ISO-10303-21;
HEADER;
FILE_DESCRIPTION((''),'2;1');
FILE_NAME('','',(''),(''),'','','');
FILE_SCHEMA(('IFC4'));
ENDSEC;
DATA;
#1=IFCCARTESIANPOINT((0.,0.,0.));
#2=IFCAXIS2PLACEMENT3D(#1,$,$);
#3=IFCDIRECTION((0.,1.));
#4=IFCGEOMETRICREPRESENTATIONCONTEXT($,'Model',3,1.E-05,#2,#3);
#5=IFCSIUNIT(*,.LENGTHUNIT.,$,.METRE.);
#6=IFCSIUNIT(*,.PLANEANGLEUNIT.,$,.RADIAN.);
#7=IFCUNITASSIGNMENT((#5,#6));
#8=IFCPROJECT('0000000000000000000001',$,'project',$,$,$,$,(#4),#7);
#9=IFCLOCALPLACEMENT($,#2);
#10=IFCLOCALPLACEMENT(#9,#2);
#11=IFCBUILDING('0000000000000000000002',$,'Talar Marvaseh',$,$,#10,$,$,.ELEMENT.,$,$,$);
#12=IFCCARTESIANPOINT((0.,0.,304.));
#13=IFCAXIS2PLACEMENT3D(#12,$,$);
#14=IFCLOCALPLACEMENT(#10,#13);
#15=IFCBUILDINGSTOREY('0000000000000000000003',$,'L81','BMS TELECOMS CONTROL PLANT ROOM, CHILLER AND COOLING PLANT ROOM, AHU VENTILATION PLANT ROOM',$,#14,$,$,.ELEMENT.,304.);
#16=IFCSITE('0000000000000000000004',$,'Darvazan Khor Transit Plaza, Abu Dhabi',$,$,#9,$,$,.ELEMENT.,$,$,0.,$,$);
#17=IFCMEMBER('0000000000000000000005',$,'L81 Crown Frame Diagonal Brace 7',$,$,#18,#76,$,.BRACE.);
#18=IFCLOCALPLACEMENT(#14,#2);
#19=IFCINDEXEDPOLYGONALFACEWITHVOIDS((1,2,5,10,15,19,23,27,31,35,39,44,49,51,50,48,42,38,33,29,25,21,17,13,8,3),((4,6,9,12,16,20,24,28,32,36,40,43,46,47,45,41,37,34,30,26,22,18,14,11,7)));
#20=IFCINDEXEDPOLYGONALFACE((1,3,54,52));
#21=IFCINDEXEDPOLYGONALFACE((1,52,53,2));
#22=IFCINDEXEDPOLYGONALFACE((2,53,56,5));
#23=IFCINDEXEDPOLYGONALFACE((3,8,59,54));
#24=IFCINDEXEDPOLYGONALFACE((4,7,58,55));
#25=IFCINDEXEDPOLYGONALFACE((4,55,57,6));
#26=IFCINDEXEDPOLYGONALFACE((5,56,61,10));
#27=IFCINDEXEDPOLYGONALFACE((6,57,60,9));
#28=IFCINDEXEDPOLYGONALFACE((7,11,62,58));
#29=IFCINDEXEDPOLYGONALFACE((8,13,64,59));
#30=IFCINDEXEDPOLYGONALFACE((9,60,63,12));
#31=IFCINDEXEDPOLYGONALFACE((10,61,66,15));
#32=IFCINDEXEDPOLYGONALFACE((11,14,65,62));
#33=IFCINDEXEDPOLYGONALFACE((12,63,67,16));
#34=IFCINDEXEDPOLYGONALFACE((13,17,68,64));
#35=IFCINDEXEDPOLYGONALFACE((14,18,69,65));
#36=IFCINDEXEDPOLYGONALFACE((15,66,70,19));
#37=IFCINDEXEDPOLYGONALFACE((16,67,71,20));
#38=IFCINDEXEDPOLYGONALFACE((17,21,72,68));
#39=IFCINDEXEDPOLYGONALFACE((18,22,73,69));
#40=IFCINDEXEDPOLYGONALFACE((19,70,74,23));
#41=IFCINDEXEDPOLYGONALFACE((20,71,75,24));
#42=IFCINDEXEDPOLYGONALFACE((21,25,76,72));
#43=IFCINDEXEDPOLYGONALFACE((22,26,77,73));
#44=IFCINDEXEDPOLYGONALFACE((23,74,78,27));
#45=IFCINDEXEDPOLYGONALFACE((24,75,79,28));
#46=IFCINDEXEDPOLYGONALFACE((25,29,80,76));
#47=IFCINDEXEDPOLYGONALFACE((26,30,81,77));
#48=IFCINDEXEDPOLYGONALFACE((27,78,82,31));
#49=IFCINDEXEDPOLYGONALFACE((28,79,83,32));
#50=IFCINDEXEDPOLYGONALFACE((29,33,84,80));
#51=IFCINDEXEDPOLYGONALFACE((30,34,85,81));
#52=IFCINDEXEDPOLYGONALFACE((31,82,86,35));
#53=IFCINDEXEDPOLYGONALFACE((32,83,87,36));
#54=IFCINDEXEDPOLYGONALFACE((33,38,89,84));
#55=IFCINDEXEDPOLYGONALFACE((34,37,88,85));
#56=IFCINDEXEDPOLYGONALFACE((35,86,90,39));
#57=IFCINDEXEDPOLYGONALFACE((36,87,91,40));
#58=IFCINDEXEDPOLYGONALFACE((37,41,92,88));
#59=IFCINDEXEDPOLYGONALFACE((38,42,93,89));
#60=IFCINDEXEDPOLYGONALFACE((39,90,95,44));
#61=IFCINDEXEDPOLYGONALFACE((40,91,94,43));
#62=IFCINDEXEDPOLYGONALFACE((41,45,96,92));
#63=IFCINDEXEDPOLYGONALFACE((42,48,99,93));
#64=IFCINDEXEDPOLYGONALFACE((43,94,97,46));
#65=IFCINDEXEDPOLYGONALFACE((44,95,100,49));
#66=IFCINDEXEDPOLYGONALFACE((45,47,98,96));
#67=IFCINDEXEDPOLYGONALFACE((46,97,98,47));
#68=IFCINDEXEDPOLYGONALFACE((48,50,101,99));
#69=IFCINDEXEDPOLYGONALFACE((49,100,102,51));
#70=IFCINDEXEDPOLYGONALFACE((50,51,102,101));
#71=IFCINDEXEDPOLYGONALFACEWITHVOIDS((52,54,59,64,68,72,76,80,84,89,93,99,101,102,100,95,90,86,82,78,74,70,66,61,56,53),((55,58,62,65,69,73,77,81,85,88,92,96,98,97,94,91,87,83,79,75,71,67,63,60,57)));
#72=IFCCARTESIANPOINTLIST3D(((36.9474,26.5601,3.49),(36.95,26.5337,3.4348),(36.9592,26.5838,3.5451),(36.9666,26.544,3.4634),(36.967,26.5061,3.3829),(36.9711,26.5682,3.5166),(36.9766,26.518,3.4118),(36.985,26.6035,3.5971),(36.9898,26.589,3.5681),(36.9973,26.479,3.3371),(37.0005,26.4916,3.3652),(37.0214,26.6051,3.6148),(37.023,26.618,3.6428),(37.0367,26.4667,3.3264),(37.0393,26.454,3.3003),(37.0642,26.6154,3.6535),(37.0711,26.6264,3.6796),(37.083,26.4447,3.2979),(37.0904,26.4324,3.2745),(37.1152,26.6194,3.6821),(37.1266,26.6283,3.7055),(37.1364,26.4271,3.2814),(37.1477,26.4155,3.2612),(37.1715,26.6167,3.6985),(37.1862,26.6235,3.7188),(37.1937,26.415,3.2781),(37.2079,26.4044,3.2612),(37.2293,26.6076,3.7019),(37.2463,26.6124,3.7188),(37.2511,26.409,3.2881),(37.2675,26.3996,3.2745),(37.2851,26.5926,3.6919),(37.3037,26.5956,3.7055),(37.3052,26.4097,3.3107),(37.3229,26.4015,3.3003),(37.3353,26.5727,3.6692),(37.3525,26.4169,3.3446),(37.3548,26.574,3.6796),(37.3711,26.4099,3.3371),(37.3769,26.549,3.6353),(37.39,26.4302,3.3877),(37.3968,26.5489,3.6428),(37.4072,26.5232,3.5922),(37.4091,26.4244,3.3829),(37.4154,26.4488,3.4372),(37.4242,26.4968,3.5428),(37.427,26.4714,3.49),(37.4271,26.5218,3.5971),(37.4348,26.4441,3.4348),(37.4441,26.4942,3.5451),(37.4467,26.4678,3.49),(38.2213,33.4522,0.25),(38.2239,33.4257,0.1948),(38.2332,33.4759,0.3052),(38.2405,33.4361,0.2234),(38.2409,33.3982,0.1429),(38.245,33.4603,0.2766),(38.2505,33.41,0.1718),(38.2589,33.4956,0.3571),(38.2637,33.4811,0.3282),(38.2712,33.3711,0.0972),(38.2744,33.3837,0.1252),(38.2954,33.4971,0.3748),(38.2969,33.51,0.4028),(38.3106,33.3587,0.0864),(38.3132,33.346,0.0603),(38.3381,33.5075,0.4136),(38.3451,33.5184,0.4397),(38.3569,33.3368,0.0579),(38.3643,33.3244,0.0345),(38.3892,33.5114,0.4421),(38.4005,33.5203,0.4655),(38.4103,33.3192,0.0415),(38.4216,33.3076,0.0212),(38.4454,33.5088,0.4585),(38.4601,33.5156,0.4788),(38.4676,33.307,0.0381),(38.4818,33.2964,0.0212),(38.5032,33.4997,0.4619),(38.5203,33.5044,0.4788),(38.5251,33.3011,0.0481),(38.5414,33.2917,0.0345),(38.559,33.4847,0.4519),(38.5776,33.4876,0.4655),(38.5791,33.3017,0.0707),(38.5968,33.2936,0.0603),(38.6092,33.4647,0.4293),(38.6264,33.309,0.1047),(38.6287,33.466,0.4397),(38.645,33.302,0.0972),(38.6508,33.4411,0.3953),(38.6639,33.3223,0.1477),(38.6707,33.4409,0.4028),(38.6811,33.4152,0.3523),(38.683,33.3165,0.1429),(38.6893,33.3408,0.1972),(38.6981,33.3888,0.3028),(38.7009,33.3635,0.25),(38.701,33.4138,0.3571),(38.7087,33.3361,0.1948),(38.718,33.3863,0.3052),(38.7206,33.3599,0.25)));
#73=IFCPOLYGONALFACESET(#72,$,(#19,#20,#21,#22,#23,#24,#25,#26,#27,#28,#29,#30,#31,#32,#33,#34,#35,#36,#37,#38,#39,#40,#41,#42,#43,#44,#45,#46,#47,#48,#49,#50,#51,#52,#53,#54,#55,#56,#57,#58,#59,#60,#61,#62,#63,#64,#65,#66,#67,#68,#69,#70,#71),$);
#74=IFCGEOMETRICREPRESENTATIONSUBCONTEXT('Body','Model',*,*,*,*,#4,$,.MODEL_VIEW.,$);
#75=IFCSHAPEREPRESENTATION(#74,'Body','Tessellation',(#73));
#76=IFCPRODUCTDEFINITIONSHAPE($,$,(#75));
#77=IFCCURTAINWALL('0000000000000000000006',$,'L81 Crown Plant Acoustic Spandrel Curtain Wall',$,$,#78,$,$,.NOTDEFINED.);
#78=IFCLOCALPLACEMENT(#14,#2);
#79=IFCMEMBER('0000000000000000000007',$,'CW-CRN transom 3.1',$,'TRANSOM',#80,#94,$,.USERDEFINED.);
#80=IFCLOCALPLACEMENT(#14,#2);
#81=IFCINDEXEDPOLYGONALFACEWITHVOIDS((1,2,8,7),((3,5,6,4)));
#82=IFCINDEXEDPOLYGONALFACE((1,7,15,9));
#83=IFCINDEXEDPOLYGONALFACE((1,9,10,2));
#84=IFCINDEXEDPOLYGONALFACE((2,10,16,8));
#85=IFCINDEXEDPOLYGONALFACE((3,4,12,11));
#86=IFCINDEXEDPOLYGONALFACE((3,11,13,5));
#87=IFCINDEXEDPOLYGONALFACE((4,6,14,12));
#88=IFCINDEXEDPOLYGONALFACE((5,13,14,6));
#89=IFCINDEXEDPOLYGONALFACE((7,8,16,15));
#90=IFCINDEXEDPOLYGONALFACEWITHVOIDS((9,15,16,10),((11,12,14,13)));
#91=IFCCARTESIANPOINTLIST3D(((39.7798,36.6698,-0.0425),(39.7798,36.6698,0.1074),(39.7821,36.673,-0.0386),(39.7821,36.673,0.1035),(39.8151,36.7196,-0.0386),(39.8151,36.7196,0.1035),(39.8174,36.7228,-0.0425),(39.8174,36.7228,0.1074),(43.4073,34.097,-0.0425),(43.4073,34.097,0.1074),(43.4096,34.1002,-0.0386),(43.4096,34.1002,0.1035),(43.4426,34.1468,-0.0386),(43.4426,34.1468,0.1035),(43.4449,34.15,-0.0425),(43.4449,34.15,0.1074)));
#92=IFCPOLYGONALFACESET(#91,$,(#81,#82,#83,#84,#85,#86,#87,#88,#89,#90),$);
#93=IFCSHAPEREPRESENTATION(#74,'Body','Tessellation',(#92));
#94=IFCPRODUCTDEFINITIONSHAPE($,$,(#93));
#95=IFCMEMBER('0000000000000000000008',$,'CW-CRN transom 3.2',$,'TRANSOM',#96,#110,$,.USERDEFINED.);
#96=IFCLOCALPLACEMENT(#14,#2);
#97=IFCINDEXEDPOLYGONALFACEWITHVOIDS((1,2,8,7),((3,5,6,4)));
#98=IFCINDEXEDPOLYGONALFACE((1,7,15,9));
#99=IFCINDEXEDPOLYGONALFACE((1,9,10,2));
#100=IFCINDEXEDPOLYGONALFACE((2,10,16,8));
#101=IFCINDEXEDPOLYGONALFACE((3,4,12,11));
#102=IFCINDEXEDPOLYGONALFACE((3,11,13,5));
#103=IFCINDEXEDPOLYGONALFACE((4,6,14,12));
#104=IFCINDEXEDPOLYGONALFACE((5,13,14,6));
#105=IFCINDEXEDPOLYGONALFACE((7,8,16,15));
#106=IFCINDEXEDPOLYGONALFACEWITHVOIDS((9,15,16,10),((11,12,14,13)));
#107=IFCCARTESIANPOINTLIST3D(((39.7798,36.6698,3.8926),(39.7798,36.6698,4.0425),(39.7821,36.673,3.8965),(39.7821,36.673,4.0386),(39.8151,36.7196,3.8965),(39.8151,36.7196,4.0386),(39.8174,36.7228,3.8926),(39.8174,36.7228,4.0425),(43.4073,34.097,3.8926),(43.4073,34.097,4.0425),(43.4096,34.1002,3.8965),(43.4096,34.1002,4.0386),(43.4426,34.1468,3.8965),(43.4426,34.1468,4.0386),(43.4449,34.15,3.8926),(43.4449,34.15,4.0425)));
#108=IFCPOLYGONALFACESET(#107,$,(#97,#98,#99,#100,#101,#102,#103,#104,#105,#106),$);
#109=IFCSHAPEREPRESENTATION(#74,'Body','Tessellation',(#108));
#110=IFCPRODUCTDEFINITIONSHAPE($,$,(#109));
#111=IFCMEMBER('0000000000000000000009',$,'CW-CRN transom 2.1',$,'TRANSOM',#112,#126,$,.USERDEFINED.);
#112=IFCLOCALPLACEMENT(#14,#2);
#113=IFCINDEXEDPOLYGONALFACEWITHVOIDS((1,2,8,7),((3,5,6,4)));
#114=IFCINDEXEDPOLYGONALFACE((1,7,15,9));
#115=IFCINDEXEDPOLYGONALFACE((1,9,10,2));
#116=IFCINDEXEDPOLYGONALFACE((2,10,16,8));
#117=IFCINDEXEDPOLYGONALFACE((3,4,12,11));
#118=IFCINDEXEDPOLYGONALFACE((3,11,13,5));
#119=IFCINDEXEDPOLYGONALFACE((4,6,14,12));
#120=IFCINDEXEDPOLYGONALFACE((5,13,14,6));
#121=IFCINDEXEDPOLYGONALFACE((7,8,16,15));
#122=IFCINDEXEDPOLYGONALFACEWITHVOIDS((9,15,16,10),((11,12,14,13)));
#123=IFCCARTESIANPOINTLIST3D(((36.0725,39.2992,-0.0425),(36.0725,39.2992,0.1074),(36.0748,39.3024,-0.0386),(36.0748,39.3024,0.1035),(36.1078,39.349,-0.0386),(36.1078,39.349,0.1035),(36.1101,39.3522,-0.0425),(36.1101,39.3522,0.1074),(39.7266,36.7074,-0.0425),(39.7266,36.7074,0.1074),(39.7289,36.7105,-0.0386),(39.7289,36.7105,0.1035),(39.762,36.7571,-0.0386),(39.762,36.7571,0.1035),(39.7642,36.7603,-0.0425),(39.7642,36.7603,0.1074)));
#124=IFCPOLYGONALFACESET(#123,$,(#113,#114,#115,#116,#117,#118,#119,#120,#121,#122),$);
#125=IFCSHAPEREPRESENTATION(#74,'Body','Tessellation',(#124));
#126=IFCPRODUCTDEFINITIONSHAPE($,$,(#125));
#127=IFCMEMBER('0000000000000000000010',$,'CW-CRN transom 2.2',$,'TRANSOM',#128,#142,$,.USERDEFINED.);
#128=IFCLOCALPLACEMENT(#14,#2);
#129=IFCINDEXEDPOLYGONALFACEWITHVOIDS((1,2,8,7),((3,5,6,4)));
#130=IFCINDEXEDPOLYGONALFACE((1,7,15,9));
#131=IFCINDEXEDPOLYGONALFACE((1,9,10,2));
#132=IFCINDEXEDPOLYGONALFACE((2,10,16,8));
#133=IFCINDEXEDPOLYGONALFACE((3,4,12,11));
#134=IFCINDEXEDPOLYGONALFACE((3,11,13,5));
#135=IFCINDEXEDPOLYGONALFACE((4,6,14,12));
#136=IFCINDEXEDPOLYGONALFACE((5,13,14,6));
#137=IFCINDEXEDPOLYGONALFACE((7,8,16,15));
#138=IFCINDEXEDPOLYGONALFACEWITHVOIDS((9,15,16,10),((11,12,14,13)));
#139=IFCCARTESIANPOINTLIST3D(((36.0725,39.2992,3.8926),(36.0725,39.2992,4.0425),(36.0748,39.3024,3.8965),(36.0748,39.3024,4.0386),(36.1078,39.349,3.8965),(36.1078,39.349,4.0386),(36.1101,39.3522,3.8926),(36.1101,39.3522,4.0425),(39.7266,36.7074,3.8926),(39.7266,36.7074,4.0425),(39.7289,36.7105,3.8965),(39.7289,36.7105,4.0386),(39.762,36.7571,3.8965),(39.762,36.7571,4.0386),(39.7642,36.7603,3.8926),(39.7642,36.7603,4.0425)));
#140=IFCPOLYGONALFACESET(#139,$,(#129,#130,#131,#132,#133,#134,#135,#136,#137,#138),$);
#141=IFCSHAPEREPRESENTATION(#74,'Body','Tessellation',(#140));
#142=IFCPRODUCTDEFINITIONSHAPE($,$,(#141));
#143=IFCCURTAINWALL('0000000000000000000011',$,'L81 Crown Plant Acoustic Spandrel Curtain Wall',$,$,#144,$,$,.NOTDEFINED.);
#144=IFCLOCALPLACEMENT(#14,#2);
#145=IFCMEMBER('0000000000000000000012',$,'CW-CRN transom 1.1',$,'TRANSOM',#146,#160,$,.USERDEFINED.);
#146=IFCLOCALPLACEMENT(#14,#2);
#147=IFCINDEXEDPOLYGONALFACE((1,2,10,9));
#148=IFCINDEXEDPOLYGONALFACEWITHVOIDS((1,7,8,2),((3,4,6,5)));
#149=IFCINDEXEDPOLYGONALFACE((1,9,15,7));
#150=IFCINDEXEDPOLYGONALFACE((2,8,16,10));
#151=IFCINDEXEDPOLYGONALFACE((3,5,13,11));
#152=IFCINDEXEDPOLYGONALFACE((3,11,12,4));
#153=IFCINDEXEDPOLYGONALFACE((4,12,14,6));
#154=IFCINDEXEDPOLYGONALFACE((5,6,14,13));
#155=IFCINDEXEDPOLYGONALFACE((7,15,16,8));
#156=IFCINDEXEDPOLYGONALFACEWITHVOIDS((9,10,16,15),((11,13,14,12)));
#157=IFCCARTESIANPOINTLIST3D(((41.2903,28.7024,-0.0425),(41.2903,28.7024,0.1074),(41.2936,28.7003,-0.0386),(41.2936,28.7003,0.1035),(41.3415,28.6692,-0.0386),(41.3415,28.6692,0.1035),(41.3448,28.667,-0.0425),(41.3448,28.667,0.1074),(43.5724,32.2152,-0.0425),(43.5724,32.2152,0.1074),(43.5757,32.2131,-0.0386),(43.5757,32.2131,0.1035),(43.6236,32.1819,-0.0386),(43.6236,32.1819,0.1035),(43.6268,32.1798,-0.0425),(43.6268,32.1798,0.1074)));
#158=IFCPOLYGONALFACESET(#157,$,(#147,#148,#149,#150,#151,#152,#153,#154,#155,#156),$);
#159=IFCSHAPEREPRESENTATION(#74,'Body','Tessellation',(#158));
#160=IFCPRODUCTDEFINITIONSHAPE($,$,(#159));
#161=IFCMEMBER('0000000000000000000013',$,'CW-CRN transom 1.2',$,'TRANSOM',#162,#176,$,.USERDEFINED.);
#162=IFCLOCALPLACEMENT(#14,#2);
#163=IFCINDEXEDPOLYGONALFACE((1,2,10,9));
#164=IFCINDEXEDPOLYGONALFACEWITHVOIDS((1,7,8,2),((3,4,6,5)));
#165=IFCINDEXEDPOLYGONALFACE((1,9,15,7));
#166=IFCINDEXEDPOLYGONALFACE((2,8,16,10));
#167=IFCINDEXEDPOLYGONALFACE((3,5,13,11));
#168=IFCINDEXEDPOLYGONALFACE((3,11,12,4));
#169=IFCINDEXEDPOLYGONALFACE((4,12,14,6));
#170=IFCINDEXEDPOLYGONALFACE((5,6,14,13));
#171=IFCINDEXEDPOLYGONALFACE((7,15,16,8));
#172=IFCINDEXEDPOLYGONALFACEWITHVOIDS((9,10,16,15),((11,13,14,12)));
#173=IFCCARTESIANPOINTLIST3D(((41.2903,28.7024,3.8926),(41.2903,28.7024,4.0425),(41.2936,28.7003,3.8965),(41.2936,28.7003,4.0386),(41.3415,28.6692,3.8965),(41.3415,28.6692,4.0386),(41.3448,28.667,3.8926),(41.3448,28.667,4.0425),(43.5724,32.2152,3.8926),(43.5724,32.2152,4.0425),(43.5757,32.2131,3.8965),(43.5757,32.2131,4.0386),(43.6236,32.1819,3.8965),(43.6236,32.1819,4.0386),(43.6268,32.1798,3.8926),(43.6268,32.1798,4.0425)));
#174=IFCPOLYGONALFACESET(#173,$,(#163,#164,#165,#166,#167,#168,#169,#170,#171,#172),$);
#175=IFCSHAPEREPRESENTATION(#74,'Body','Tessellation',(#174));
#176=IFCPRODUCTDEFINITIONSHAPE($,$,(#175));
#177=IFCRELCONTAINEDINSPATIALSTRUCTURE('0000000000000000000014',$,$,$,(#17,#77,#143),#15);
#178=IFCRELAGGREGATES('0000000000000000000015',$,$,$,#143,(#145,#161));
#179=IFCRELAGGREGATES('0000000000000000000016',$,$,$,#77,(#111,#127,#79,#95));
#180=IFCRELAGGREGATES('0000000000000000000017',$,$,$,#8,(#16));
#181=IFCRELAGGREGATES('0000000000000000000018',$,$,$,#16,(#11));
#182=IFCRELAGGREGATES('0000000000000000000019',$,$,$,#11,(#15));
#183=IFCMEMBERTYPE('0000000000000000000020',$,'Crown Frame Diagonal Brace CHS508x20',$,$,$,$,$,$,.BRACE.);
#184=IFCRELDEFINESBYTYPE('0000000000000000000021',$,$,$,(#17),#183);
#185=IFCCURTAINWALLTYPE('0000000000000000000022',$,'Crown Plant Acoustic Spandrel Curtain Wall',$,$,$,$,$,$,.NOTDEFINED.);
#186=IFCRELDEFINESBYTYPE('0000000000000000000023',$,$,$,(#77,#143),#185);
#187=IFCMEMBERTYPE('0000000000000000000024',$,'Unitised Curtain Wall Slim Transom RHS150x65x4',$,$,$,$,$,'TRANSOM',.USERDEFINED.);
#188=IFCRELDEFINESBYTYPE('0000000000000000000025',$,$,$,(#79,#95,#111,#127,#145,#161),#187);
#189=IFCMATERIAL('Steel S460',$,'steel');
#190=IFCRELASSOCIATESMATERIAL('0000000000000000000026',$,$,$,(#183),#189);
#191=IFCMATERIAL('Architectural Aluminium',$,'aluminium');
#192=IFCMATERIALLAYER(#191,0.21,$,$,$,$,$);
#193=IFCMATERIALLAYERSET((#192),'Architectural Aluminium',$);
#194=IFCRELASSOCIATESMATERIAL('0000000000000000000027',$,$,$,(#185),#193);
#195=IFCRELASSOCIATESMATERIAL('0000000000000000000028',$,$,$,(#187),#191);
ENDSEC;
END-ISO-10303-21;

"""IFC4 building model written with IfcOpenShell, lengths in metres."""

from ifc_helpers import new_model, si_unit, direction, frame, origin, origin_2d, place, context, subcontext, project, spatial, hollow_rectangle, hollow_circle, extrude, source, transform, mapped, material, layer, layer_set, material_profile, profile_set, type_object, type_shapes, element, aggregate, save


model = new_model("IFC4")

# Units and contexts
model_context = context("Model", 3, precision=1e-05, world=origin(), true_north=direction((0.0, 1.0)))
body_context = subcontext(model_context, "Body", "Model", "MODEL_VIEW")
ifc_project = project(units=[si_unit("LENGTHUNIT", "METRE"), si_unit("PLANEANGLEUNIT", "RADIAN")], contexts=[model_context])

# Site, building, storey
site_placement = place(None, origin())
site = spatial("IfcSite", under=ifc_project, at=site_placement, Name="Darvazan Khor Transit Plaza, Abu Dhabi", CompositionType="ELEMENT", RefElevation=0.0)
building_placement = place(site_placement, origin())
building = spatial("IfcBuilding", under=site, at=building_placement, Name="Talar Marvaseh", CompositionType="ELEMENT")
storey_placement = place(building_placement, frame((0.0, 0.0, 304.0)))
storey = spatial("IfcBuildingStorey", under=building, at=storey_placement, Name="L81", Description="BMS TELECOMS CONTROL PLANT ROOM, CHILLER AND COOLING PLANT ROOM, AHU VENTILATION PLANT ROOM", CompositionType="ELEMENT", Elevation=304.0)

# Shared definitions
ifc_material_1 = material(Name="Steel S460", Category="steel")

# Member
ifc_material_profile_1 = material_profile(ifc_material_1, hollow_circle(Radius=0.2539, WallThickness=0.02, at=origin_2d()), Name="CHS508x20")
ifc_profile_set_1 = profile_set([ifc_material_profile_1], Name="Steel S460")
member_type_1 = type_object("IfcMemberType", Name="Crown Frame Diagonal Brace CHS508x20", PredefinedType="BRACE", material=ifc_profile_set_1)
shared_shape_1 = source(origin(), body_context, "Body", "SweptSolid", [
    extrude(hollow_circle(Radius=0.2539, WallThickness=0.02, at=origin_2d()), origin(), (0.0, 0.0, 1.0), 7.7214),
])
type_shapes(member_type_1, [shared_shape_1])
member_1_placement = place(storey_placement, frame((38.4709, 33.406, 0.25), z_axis=(-0.164985, -0.892586, 0.419607), x_axis=(0.983343, -0.18176, 0.0)))
element("IfcMember", 1, at=member_1_placement, inside=storey, type_object=member_type_1, Name="L81 Crown Frame Diagonal Brace 7", PredefinedType="BRACE", context=body_context, shape_type="MappedRepresentation", body=[
    mapped(shared_shape_1, transform((0.0, 0.0, 0.0), x_axis=(1.0, 0.0, 0.0), y_axis=(0.0, 1.0, 0.0), z_axis=(0.0, 0.0, 1.0), scale=1.0)),
])

# Curtain walls, members
ifc_material_2 = material(Name="Architectural Aluminium", Category="aluminium")
ifc_layer_1 = layer(ifc_material_2, 0.21)
ifc_layer_set_1 = layer_set([ifc_layer_1], Name="Architectural Aluminium")
curtain_wall_type = type_object("IfcCurtainWallType", Name="Crown Plant Acoustic Spandrel Curtain Wall", PredefinedType="NOTDEFINED", material=ifc_layer_set_1)
curtain_wall_1_placement = place(storey_placement, origin())
curtain_wall_1 = element("IfcCurtainWall", 2, at=curtain_wall_1_placement, inside=storey, type_object=curtain_wall_type, Name="L81 Crown Plant Acoustic Spandrel Curtain Wall", PredefinedType="NOTDEFINED")
ifc_material_profile_2 = material_profile(ifc_material_2, hollow_rectangle(XDim=0.0649, YDim=0.1499, WallThickness=0.0039, at=origin_2d()), Name="RHS150x65x4")
ifc_profile_set_2 = profile_set([ifc_material_profile_2], Name="Architectural Aluminium")
member_type_2 = type_object("IfcMemberType", Name="Unitised Curtain Wall Slim Transom RHS150x65x4", ElementType="TRANSOM", PredefinedType="USERDEFINED", material=ifc_profile_set_2)
shared_shape_2 = source(origin(), body_context, "Body", "SweptSolid", [
    extrude(hollow_rectangle(XDim=0.0649, YDim=0.1499, WallThickness=0.0039, at=origin_2d()), origin(), (0.0, 0.0, 1.0), 4.4473),
])
member_2_placement = place(storey_placement, frame((39.7986, 36.6963, 0.0325), z_axis=(0.815673, -0.578514, 0.0), x_axis=(0.578514, 0.815673, 0.0)))
member_2 = element("IfcMember", 3, at=member_2_placement, type_object=member_type_2, Name="CW-CRN transom 3.1", ObjectType="TRANSOM", PredefinedType="USERDEFINED", context=body_context, shape_type="MappedRepresentation", body=[
    mapped(shared_shape_2, transform((0.0, 0.0, 0.0), x_axis=(1.0, 0.0, 0.0), y_axis=(0.0, 1.0, 0.0), z_axis=(0.0, 0.0, 1.0), scale=1.0)),
])
member_3_placement = place(storey_placement, frame((39.7986, 36.6963, 3.9675), z_axis=(0.815673, -0.578514, 0.0), x_axis=(0.578514, 0.815673, 0.0)))
member_3 = element("IfcMember", 4, at=member_3_placement, type_object=member_type_2, Name="CW-CRN transom 3.2", ObjectType="TRANSOM", PredefinedType="USERDEFINED", context=body_context, shape_type="MappedRepresentation", body=[
    mapped(shared_shape_2, transform((0.0, 0.0, 0.0), x_axis=(1.0, 0.0, 0.0), y_axis=(0.0, 1.0, 0.0), z_axis=(0.0, 0.0, 1.0), scale=1.0)),
])
shared_shape_3 = source(origin(), body_context, "Body", "SweptSolid", [
    extrude(hollow_rectangle(XDim=0.0649, YDim=0.1499, WallThickness=0.0039, at=origin_2d()), origin(), (0.0, 0.0, 1.0), 4.48),
])
member_4_placement = place(storey_placement, frame((36.0913, 39.3257, 0.0325), z_axis=(0.815655, -0.578539, 0.0), x_axis=(0.578539, 0.815655, 0.0)))
member_4 = element("IfcMember", 5, at=member_4_placement, type_object=member_type_2, Name="CW-CRN transom 2.1", ObjectType="TRANSOM", PredefinedType="USERDEFINED", context=body_context, shape_type="MappedRepresentation", body=[
    mapped(shared_shape_3, transform((0.0, 0.0, 0.0), x_axis=(1.0, 0.0, 0.0), y_axis=(0.0, 1.0, 0.0), z_axis=(0.0, 0.0, 1.0), scale=1.0)),
])
member_5_placement = place(storey_placement, frame((36.0913, 39.3257, 3.9675), z_axis=(0.815655, -0.578539, 0.0), x_axis=(0.578539, 0.815655, 0.0)))
member_5 = element("IfcMember", 6, at=member_5_placement, type_object=member_type_2, Name="CW-CRN transom 2.2", ObjectType="TRANSOM", PredefinedType="USERDEFINED", context=body_context, shape_type="MappedRepresentation", body=[
    mapped(shared_shape_3, transform((0.0, 0.0, 0.0), x_axis=(1.0, 0.0, 0.0), y_axis=(0.0, 1.0, 0.0), z_axis=(0.0, 0.0, 1.0), scale=1.0)),
])
curtain_wall_2_placement = place(storey_placement, origin())
curtain_wall_2 = element("IfcCurtainWall", 7, at=curtain_wall_2_placement, inside=storey, type_object=curtain_wall_type, Name="L81 Crown Plant Acoustic Spandrel Curtain Wall", PredefinedType="NOTDEFINED")
shared_shape_4 = source(origin(), body_context, "Body", "SweptSolid", [
    extrude(hollow_rectangle(XDim=0.0649, YDim=0.1499, WallThickness=0.0039, at=origin_2d()), origin(), (0.0, 0.0, 1.0), 4.189),
])
type_shapes(member_type_2, [shared_shape_2, shared_shape_3, shared_shape_4])
member_6_placement = place(storey_placement, frame((43.5996, 32.1975, 0.0325), z_axis=(-0.544775, -0.838582, 0.0), x_axis=(0.838582, -0.544775, 0.0)))
member_6 = element("IfcMember", 8, at=member_6_placement, type_object=member_type_2, Name="CW-CRN transom 1.1", ObjectType="TRANSOM", PredefinedType="USERDEFINED", context=body_context, shape_type="MappedRepresentation", body=[
    mapped(shared_shape_4, transform((0.0, 0.0, 0.0), x_axis=(1.0, 0.0, 0.0), y_axis=(0.0, 1.0, 0.0), z_axis=(0.0, 0.0, 1.0), scale=1.0)),
])
member_7_placement = place(storey_placement, frame((43.5996, 32.1975, 3.9675), z_axis=(-0.544775, -0.838582, 0.0), x_axis=(0.838582, -0.544775, 0.0)))
member_7 = element("IfcMember", 9, at=member_7_placement, type_object=member_type_2, Name="CW-CRN transom 1.2", ObjectType="TRANSOM", PredefinedType="USERDEFINED", context=body_context, shape_type="MappedRepresentation", body=[
    mapped(shared_shape_4, transform((0.0, 0.0, 0.0), x_axis=(1.0, 0.0, 0.0), y_axis=(0.0, 1.0, 0.0), z_axis=(0.0, 0.0, 1.0), scale=1.0)),
])

aggregate(curtain_wall_2, [member_6, member_7])
aggregate(curtain_wall_1, [member_4, member_5, member_2, member_3])

save(model, "model.ifc")
